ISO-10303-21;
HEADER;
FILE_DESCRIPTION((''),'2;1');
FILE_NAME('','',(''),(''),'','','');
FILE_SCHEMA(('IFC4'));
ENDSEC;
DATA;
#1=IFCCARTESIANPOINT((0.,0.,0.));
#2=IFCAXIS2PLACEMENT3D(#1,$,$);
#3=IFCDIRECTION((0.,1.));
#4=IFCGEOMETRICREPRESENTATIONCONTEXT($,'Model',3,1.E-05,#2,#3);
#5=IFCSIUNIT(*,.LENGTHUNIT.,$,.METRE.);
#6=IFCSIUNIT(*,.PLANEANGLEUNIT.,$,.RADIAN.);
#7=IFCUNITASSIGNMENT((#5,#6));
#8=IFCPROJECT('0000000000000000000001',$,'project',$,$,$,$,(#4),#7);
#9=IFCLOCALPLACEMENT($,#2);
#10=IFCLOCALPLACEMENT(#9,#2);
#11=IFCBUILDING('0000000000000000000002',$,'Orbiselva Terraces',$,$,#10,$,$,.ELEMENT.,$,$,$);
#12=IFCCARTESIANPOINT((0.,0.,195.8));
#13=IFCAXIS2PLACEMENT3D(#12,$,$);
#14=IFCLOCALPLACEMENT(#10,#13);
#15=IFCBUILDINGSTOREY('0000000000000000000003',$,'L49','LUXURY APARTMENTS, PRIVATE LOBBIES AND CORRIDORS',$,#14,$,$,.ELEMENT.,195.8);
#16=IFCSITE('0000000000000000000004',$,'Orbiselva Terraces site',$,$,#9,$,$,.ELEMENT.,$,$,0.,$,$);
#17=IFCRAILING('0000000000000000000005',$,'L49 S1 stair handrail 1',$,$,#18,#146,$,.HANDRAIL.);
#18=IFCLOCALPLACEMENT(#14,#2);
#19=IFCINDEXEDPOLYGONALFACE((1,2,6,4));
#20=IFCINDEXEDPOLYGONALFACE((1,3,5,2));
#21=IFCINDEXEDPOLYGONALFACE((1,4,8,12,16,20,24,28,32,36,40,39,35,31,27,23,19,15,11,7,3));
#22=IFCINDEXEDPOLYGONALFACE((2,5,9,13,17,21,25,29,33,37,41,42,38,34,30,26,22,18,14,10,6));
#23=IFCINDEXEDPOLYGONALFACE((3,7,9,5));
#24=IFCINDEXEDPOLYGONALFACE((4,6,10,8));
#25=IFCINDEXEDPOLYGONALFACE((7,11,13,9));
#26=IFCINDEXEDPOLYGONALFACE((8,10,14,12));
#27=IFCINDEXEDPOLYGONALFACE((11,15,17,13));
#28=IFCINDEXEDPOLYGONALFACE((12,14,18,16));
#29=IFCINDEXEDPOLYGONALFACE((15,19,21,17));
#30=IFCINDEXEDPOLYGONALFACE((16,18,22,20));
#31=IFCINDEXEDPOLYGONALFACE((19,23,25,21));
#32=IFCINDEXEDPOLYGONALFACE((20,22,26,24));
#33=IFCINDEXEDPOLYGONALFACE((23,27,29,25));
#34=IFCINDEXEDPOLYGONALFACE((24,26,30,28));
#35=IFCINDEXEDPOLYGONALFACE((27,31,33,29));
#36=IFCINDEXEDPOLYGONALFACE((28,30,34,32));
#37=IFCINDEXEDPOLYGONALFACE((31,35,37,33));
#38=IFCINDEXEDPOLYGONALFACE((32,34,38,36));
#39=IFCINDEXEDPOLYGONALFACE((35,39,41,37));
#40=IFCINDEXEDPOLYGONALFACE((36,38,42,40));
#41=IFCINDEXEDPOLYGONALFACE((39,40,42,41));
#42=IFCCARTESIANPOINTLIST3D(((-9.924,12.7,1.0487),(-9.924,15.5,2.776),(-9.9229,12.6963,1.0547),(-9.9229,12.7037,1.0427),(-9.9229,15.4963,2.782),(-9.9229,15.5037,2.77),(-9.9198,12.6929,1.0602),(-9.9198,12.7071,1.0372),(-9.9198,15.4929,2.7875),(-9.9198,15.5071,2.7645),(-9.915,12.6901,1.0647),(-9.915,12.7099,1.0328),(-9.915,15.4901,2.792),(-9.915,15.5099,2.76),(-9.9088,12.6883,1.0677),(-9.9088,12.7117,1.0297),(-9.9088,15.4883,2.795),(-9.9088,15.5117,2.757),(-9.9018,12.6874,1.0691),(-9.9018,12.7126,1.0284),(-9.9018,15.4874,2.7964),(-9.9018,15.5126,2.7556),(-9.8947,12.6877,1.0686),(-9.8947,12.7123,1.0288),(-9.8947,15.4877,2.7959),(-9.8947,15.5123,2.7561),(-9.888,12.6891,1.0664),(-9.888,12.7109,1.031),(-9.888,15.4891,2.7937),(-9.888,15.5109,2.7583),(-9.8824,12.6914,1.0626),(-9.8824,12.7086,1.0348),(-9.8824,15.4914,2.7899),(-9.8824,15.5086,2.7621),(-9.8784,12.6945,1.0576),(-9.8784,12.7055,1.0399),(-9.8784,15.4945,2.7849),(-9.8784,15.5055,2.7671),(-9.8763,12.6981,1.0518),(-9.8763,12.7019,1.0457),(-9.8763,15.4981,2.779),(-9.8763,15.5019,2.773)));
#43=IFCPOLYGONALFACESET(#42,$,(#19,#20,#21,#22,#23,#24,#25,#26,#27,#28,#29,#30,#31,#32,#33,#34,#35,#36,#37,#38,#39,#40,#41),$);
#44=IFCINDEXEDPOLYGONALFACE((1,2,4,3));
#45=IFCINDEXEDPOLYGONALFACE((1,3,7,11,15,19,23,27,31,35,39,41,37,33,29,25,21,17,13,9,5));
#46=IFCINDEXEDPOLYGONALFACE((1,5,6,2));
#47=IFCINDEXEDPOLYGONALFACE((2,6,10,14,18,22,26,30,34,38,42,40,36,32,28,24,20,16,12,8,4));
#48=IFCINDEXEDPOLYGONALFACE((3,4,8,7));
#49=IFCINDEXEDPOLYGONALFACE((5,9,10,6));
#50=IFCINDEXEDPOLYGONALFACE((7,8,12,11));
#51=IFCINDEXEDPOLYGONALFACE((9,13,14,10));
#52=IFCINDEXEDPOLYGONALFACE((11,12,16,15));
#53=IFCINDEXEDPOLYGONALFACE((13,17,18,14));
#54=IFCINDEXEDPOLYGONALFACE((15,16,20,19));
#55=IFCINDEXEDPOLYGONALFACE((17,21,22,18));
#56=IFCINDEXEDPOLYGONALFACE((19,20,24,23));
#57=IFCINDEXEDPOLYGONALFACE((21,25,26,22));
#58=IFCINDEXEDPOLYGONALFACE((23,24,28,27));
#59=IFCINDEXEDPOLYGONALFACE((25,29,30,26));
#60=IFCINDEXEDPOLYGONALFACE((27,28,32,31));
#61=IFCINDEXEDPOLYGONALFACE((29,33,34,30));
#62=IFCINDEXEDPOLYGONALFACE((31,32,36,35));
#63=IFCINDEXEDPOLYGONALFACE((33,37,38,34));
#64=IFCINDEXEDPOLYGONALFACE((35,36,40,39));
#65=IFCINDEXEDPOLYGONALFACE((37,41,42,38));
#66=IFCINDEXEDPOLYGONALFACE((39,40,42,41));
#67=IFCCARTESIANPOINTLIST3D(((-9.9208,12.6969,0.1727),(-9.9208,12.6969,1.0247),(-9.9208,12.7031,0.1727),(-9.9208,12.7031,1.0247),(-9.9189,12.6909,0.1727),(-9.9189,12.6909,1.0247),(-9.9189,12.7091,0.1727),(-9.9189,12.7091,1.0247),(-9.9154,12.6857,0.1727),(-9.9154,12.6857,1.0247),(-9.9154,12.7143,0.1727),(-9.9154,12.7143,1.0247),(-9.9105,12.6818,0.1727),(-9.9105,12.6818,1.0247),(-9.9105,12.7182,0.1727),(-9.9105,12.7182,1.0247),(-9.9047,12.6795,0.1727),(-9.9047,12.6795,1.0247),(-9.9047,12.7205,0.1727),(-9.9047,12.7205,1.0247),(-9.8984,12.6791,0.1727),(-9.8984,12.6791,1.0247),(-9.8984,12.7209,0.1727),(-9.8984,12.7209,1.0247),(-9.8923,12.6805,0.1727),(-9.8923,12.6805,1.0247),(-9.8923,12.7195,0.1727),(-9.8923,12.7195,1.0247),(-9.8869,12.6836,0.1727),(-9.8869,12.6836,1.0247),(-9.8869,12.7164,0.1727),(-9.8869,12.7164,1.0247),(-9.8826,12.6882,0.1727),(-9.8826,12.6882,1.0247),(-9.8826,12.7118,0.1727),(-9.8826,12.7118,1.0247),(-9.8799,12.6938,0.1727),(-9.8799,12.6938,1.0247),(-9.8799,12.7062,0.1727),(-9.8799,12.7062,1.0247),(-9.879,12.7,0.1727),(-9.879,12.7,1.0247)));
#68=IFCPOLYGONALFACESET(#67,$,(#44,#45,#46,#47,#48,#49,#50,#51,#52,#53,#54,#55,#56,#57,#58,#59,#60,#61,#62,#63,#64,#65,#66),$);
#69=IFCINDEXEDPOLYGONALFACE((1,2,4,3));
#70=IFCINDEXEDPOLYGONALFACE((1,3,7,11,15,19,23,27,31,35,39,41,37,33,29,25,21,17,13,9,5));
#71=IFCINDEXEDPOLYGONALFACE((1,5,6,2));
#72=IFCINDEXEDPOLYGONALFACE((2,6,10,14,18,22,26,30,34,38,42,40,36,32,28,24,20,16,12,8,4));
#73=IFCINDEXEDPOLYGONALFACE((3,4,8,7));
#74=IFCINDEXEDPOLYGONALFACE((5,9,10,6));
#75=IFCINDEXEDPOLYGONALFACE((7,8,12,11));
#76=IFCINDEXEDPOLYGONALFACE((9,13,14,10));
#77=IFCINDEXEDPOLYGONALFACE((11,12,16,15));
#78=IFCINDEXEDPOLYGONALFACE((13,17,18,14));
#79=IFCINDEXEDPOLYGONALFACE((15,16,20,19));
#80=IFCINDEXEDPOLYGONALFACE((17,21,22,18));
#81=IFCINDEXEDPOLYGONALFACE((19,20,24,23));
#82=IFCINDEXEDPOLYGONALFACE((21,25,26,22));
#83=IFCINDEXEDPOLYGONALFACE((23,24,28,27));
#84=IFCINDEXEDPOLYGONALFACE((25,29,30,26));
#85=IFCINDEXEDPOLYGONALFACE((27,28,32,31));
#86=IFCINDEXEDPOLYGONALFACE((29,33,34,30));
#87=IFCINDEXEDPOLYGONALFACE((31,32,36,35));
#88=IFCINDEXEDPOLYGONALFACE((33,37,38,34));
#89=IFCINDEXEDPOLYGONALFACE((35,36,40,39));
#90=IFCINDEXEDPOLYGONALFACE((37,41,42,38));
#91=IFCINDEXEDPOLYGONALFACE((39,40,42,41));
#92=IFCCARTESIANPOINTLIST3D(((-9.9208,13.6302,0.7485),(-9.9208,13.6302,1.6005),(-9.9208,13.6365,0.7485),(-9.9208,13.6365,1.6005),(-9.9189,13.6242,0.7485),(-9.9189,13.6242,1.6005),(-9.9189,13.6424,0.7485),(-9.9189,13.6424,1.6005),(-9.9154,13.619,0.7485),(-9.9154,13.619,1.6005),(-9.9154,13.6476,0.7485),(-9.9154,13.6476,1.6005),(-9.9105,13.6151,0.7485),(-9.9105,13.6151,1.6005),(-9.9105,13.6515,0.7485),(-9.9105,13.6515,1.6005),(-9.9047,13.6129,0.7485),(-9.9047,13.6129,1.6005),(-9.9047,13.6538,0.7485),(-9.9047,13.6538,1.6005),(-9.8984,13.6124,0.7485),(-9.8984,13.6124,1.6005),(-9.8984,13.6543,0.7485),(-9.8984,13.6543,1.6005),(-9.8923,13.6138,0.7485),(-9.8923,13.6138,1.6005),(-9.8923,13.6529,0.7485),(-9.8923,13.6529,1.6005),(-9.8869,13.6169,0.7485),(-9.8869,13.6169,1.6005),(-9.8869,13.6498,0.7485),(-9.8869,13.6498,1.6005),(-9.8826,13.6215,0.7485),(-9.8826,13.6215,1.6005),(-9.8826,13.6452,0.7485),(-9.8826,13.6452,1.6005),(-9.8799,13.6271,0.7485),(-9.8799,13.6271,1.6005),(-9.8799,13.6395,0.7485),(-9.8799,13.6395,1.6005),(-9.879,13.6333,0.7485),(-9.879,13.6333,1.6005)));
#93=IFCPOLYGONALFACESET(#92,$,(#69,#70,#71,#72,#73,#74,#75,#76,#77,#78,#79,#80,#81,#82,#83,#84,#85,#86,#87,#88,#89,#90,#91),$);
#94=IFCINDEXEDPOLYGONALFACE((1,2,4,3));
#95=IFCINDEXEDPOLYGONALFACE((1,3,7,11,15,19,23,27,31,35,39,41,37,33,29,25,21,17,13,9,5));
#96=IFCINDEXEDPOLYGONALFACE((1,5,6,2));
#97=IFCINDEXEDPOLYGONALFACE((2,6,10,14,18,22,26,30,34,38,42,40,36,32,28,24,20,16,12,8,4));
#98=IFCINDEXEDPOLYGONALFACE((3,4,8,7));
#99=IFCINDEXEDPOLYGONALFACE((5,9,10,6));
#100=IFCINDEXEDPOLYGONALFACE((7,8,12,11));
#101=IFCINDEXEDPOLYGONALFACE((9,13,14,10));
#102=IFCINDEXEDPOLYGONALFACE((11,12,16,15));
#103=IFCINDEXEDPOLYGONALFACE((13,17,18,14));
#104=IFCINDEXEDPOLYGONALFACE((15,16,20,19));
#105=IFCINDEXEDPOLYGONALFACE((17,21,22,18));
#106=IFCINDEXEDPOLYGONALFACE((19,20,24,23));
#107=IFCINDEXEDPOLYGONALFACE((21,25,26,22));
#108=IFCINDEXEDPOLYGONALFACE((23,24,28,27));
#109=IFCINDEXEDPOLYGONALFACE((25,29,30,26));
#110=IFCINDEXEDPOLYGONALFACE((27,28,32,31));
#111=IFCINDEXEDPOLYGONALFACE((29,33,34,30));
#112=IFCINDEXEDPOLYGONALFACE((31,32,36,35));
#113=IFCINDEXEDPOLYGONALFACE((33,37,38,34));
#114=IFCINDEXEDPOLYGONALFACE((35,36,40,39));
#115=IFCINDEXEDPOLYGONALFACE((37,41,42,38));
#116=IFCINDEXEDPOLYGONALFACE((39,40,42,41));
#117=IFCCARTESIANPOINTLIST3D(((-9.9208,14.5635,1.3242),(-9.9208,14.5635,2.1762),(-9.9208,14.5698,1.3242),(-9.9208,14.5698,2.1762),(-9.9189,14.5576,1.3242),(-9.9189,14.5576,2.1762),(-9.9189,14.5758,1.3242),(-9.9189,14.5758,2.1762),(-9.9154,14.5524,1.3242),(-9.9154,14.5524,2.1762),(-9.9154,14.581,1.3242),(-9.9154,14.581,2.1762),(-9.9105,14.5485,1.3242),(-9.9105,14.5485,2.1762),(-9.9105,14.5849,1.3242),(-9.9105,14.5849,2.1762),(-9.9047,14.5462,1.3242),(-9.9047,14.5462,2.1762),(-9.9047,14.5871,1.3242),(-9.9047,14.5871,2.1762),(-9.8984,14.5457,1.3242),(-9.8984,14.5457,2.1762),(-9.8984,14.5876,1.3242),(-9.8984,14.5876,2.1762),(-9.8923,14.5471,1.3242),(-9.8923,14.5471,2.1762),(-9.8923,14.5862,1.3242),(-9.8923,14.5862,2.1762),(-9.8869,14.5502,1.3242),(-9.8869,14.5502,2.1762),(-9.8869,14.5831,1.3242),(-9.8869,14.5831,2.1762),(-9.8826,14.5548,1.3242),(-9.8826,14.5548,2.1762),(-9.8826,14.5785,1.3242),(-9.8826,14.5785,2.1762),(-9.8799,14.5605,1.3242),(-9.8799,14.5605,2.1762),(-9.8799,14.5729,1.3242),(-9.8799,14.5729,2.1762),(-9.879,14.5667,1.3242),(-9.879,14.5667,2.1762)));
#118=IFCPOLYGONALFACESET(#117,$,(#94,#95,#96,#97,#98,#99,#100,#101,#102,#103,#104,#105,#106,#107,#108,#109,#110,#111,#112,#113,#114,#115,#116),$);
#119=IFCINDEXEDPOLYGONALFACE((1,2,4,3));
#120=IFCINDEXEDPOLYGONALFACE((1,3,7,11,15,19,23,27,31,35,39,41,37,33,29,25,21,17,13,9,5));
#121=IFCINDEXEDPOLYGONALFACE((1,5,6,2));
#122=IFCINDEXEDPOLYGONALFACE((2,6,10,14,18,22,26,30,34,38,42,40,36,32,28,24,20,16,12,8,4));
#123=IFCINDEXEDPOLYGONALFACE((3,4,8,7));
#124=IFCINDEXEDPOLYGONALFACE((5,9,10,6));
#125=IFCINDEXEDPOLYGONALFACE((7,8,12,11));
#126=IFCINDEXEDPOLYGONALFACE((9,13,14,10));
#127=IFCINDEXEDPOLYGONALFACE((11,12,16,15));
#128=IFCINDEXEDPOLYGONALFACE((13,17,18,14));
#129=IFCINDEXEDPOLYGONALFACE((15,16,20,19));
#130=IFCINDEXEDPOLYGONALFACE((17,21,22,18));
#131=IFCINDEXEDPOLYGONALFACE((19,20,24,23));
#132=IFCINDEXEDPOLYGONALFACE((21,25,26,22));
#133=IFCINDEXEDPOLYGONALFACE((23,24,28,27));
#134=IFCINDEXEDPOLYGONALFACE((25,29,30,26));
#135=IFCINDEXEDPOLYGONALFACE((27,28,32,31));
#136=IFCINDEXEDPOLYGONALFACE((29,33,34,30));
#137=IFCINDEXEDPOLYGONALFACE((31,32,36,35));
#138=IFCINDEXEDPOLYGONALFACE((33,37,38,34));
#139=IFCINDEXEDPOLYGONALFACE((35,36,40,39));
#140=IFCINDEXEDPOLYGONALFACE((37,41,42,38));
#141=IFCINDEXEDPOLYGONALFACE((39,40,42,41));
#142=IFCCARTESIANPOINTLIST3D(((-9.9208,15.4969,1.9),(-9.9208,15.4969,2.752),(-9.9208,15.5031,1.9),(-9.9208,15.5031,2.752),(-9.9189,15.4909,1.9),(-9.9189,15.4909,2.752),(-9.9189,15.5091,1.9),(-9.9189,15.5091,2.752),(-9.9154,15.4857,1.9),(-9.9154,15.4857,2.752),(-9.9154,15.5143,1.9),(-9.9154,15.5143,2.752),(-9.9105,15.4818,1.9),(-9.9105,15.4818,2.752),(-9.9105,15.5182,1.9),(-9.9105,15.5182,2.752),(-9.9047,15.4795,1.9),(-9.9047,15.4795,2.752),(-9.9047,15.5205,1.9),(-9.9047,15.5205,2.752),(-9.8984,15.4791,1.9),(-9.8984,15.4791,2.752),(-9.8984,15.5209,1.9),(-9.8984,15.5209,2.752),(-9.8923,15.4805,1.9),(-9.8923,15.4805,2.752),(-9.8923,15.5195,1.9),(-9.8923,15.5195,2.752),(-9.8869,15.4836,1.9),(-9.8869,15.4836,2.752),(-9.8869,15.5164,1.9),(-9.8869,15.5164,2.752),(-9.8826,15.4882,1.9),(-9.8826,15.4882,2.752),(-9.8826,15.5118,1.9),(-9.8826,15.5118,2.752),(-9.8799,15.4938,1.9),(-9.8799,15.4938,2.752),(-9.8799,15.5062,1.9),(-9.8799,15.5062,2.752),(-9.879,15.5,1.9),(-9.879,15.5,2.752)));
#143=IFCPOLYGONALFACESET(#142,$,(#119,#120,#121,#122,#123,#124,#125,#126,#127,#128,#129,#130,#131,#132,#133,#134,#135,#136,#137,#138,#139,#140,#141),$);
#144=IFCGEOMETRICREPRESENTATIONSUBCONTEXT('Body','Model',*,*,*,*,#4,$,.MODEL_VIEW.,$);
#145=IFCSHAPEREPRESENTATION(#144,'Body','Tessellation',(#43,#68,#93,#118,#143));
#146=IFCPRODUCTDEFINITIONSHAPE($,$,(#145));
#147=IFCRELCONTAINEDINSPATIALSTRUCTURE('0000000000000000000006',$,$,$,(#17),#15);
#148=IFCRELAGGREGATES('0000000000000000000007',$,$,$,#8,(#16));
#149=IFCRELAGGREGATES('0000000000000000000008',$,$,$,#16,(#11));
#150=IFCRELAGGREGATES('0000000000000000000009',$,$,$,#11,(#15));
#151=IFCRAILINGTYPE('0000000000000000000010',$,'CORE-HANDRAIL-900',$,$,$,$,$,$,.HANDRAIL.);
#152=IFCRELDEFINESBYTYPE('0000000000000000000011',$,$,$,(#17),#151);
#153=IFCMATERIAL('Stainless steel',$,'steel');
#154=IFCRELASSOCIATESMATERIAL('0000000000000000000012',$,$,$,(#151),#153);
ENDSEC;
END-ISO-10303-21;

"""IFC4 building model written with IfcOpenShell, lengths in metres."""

from ifc_helpers import new_model, si_unit, direction, frame, origin, origin_2d, place, context, subcontext, project, spatial, circle, extrude, material, type_object, element, save


model = new_model("IFC4")

# Units and contexts
model_context = context("Model", 3, precision=1e-05, world=origin(), true_north=direction((0.0, 1.0)))
body_context = subcontext(model_context, "Body", "Model", "MODEL_VIEW")
ifc_project = project(units=[si_unit("LENGTHUNIT", "METRE"), si_unit("PLANEANGLEUNIT", "RADIAN")], contexts=[model_context])

# Site, building, storey
site_placement = place(None, origin())
site = spatial("IfcSite", under=ifc_project, at=site_placement, Name="Orbiselva Terraces site", CompositionType="ELEMENT", RefElevation=0.0)
building_placement = place(site_placement, origin())
building = spatial("IfcBuilding", under=site, at=building_placement, Name="Orbiselva Terraces", CompositionType="ELEMENT")
storey_placement = place(building_placement, frame((0.0, 0.0, 195.8)))
storey = spatial("IfcBuildingStorey", under=building, at=storey_placement, Name="L49", Description="LUXURY APARTMENTS, PRIVATE LOBBIES AND CORRIDORS", CompositionType="ELEMENT", Elevation=195.8)

# Railing
ifc_material_1 = material(Name="Stainless steel", Category="steel")
railing_type_1 = type_object("IfcRailingType", Name="CORE-HANDRAIL-900", PredefinedType="HANDRAIL", material=ifc_material_1)
railing_1_placement = place(storey_placement, frame((-9.9, 12.7, 0.1727)))
element("IfcRailing", 1, at=railing_1_placement, inside=storey, type_object=railing_type_1, Name="L49 S1 stair handrail 1", PredefinedType="HANDRAIL", context=body_context, shape_type="SweptSolid", body=[
    extrude(circle(Radius=0.024, at=origin_2d()), frame((0.0, 0.0, 0.876), z_axis=(0.0, 0.851089, 0.525022), x_axis=(-1.0, 0.0, 0.0)), (0.0, 0.0, 1.0), 3.2899),
    extrude(circle(Radius=0.021, at=origin_2d()), origin(), (0.0, 0.0, 1.0), 0.852),
    extrude(circle(Radius=0.021, at=origin_2d()), frame((0.0, 0.9333, 0.5758)), (0.0, 0.0, 1.0), 0.852),
    extrude(circle(Radius=0.021, at=origin_2d()), frame((0.0, 1.8667, 1.1515)), (0.0, 0.0, 1.0), 0.852),
    extrude(circle(Radius=0.021, at=origin_2d()), frame((0.0, 2.8, 1.7273)), (0.0, 0.0, 1.0), 0.852),
])

save(model, "model.ifc")
